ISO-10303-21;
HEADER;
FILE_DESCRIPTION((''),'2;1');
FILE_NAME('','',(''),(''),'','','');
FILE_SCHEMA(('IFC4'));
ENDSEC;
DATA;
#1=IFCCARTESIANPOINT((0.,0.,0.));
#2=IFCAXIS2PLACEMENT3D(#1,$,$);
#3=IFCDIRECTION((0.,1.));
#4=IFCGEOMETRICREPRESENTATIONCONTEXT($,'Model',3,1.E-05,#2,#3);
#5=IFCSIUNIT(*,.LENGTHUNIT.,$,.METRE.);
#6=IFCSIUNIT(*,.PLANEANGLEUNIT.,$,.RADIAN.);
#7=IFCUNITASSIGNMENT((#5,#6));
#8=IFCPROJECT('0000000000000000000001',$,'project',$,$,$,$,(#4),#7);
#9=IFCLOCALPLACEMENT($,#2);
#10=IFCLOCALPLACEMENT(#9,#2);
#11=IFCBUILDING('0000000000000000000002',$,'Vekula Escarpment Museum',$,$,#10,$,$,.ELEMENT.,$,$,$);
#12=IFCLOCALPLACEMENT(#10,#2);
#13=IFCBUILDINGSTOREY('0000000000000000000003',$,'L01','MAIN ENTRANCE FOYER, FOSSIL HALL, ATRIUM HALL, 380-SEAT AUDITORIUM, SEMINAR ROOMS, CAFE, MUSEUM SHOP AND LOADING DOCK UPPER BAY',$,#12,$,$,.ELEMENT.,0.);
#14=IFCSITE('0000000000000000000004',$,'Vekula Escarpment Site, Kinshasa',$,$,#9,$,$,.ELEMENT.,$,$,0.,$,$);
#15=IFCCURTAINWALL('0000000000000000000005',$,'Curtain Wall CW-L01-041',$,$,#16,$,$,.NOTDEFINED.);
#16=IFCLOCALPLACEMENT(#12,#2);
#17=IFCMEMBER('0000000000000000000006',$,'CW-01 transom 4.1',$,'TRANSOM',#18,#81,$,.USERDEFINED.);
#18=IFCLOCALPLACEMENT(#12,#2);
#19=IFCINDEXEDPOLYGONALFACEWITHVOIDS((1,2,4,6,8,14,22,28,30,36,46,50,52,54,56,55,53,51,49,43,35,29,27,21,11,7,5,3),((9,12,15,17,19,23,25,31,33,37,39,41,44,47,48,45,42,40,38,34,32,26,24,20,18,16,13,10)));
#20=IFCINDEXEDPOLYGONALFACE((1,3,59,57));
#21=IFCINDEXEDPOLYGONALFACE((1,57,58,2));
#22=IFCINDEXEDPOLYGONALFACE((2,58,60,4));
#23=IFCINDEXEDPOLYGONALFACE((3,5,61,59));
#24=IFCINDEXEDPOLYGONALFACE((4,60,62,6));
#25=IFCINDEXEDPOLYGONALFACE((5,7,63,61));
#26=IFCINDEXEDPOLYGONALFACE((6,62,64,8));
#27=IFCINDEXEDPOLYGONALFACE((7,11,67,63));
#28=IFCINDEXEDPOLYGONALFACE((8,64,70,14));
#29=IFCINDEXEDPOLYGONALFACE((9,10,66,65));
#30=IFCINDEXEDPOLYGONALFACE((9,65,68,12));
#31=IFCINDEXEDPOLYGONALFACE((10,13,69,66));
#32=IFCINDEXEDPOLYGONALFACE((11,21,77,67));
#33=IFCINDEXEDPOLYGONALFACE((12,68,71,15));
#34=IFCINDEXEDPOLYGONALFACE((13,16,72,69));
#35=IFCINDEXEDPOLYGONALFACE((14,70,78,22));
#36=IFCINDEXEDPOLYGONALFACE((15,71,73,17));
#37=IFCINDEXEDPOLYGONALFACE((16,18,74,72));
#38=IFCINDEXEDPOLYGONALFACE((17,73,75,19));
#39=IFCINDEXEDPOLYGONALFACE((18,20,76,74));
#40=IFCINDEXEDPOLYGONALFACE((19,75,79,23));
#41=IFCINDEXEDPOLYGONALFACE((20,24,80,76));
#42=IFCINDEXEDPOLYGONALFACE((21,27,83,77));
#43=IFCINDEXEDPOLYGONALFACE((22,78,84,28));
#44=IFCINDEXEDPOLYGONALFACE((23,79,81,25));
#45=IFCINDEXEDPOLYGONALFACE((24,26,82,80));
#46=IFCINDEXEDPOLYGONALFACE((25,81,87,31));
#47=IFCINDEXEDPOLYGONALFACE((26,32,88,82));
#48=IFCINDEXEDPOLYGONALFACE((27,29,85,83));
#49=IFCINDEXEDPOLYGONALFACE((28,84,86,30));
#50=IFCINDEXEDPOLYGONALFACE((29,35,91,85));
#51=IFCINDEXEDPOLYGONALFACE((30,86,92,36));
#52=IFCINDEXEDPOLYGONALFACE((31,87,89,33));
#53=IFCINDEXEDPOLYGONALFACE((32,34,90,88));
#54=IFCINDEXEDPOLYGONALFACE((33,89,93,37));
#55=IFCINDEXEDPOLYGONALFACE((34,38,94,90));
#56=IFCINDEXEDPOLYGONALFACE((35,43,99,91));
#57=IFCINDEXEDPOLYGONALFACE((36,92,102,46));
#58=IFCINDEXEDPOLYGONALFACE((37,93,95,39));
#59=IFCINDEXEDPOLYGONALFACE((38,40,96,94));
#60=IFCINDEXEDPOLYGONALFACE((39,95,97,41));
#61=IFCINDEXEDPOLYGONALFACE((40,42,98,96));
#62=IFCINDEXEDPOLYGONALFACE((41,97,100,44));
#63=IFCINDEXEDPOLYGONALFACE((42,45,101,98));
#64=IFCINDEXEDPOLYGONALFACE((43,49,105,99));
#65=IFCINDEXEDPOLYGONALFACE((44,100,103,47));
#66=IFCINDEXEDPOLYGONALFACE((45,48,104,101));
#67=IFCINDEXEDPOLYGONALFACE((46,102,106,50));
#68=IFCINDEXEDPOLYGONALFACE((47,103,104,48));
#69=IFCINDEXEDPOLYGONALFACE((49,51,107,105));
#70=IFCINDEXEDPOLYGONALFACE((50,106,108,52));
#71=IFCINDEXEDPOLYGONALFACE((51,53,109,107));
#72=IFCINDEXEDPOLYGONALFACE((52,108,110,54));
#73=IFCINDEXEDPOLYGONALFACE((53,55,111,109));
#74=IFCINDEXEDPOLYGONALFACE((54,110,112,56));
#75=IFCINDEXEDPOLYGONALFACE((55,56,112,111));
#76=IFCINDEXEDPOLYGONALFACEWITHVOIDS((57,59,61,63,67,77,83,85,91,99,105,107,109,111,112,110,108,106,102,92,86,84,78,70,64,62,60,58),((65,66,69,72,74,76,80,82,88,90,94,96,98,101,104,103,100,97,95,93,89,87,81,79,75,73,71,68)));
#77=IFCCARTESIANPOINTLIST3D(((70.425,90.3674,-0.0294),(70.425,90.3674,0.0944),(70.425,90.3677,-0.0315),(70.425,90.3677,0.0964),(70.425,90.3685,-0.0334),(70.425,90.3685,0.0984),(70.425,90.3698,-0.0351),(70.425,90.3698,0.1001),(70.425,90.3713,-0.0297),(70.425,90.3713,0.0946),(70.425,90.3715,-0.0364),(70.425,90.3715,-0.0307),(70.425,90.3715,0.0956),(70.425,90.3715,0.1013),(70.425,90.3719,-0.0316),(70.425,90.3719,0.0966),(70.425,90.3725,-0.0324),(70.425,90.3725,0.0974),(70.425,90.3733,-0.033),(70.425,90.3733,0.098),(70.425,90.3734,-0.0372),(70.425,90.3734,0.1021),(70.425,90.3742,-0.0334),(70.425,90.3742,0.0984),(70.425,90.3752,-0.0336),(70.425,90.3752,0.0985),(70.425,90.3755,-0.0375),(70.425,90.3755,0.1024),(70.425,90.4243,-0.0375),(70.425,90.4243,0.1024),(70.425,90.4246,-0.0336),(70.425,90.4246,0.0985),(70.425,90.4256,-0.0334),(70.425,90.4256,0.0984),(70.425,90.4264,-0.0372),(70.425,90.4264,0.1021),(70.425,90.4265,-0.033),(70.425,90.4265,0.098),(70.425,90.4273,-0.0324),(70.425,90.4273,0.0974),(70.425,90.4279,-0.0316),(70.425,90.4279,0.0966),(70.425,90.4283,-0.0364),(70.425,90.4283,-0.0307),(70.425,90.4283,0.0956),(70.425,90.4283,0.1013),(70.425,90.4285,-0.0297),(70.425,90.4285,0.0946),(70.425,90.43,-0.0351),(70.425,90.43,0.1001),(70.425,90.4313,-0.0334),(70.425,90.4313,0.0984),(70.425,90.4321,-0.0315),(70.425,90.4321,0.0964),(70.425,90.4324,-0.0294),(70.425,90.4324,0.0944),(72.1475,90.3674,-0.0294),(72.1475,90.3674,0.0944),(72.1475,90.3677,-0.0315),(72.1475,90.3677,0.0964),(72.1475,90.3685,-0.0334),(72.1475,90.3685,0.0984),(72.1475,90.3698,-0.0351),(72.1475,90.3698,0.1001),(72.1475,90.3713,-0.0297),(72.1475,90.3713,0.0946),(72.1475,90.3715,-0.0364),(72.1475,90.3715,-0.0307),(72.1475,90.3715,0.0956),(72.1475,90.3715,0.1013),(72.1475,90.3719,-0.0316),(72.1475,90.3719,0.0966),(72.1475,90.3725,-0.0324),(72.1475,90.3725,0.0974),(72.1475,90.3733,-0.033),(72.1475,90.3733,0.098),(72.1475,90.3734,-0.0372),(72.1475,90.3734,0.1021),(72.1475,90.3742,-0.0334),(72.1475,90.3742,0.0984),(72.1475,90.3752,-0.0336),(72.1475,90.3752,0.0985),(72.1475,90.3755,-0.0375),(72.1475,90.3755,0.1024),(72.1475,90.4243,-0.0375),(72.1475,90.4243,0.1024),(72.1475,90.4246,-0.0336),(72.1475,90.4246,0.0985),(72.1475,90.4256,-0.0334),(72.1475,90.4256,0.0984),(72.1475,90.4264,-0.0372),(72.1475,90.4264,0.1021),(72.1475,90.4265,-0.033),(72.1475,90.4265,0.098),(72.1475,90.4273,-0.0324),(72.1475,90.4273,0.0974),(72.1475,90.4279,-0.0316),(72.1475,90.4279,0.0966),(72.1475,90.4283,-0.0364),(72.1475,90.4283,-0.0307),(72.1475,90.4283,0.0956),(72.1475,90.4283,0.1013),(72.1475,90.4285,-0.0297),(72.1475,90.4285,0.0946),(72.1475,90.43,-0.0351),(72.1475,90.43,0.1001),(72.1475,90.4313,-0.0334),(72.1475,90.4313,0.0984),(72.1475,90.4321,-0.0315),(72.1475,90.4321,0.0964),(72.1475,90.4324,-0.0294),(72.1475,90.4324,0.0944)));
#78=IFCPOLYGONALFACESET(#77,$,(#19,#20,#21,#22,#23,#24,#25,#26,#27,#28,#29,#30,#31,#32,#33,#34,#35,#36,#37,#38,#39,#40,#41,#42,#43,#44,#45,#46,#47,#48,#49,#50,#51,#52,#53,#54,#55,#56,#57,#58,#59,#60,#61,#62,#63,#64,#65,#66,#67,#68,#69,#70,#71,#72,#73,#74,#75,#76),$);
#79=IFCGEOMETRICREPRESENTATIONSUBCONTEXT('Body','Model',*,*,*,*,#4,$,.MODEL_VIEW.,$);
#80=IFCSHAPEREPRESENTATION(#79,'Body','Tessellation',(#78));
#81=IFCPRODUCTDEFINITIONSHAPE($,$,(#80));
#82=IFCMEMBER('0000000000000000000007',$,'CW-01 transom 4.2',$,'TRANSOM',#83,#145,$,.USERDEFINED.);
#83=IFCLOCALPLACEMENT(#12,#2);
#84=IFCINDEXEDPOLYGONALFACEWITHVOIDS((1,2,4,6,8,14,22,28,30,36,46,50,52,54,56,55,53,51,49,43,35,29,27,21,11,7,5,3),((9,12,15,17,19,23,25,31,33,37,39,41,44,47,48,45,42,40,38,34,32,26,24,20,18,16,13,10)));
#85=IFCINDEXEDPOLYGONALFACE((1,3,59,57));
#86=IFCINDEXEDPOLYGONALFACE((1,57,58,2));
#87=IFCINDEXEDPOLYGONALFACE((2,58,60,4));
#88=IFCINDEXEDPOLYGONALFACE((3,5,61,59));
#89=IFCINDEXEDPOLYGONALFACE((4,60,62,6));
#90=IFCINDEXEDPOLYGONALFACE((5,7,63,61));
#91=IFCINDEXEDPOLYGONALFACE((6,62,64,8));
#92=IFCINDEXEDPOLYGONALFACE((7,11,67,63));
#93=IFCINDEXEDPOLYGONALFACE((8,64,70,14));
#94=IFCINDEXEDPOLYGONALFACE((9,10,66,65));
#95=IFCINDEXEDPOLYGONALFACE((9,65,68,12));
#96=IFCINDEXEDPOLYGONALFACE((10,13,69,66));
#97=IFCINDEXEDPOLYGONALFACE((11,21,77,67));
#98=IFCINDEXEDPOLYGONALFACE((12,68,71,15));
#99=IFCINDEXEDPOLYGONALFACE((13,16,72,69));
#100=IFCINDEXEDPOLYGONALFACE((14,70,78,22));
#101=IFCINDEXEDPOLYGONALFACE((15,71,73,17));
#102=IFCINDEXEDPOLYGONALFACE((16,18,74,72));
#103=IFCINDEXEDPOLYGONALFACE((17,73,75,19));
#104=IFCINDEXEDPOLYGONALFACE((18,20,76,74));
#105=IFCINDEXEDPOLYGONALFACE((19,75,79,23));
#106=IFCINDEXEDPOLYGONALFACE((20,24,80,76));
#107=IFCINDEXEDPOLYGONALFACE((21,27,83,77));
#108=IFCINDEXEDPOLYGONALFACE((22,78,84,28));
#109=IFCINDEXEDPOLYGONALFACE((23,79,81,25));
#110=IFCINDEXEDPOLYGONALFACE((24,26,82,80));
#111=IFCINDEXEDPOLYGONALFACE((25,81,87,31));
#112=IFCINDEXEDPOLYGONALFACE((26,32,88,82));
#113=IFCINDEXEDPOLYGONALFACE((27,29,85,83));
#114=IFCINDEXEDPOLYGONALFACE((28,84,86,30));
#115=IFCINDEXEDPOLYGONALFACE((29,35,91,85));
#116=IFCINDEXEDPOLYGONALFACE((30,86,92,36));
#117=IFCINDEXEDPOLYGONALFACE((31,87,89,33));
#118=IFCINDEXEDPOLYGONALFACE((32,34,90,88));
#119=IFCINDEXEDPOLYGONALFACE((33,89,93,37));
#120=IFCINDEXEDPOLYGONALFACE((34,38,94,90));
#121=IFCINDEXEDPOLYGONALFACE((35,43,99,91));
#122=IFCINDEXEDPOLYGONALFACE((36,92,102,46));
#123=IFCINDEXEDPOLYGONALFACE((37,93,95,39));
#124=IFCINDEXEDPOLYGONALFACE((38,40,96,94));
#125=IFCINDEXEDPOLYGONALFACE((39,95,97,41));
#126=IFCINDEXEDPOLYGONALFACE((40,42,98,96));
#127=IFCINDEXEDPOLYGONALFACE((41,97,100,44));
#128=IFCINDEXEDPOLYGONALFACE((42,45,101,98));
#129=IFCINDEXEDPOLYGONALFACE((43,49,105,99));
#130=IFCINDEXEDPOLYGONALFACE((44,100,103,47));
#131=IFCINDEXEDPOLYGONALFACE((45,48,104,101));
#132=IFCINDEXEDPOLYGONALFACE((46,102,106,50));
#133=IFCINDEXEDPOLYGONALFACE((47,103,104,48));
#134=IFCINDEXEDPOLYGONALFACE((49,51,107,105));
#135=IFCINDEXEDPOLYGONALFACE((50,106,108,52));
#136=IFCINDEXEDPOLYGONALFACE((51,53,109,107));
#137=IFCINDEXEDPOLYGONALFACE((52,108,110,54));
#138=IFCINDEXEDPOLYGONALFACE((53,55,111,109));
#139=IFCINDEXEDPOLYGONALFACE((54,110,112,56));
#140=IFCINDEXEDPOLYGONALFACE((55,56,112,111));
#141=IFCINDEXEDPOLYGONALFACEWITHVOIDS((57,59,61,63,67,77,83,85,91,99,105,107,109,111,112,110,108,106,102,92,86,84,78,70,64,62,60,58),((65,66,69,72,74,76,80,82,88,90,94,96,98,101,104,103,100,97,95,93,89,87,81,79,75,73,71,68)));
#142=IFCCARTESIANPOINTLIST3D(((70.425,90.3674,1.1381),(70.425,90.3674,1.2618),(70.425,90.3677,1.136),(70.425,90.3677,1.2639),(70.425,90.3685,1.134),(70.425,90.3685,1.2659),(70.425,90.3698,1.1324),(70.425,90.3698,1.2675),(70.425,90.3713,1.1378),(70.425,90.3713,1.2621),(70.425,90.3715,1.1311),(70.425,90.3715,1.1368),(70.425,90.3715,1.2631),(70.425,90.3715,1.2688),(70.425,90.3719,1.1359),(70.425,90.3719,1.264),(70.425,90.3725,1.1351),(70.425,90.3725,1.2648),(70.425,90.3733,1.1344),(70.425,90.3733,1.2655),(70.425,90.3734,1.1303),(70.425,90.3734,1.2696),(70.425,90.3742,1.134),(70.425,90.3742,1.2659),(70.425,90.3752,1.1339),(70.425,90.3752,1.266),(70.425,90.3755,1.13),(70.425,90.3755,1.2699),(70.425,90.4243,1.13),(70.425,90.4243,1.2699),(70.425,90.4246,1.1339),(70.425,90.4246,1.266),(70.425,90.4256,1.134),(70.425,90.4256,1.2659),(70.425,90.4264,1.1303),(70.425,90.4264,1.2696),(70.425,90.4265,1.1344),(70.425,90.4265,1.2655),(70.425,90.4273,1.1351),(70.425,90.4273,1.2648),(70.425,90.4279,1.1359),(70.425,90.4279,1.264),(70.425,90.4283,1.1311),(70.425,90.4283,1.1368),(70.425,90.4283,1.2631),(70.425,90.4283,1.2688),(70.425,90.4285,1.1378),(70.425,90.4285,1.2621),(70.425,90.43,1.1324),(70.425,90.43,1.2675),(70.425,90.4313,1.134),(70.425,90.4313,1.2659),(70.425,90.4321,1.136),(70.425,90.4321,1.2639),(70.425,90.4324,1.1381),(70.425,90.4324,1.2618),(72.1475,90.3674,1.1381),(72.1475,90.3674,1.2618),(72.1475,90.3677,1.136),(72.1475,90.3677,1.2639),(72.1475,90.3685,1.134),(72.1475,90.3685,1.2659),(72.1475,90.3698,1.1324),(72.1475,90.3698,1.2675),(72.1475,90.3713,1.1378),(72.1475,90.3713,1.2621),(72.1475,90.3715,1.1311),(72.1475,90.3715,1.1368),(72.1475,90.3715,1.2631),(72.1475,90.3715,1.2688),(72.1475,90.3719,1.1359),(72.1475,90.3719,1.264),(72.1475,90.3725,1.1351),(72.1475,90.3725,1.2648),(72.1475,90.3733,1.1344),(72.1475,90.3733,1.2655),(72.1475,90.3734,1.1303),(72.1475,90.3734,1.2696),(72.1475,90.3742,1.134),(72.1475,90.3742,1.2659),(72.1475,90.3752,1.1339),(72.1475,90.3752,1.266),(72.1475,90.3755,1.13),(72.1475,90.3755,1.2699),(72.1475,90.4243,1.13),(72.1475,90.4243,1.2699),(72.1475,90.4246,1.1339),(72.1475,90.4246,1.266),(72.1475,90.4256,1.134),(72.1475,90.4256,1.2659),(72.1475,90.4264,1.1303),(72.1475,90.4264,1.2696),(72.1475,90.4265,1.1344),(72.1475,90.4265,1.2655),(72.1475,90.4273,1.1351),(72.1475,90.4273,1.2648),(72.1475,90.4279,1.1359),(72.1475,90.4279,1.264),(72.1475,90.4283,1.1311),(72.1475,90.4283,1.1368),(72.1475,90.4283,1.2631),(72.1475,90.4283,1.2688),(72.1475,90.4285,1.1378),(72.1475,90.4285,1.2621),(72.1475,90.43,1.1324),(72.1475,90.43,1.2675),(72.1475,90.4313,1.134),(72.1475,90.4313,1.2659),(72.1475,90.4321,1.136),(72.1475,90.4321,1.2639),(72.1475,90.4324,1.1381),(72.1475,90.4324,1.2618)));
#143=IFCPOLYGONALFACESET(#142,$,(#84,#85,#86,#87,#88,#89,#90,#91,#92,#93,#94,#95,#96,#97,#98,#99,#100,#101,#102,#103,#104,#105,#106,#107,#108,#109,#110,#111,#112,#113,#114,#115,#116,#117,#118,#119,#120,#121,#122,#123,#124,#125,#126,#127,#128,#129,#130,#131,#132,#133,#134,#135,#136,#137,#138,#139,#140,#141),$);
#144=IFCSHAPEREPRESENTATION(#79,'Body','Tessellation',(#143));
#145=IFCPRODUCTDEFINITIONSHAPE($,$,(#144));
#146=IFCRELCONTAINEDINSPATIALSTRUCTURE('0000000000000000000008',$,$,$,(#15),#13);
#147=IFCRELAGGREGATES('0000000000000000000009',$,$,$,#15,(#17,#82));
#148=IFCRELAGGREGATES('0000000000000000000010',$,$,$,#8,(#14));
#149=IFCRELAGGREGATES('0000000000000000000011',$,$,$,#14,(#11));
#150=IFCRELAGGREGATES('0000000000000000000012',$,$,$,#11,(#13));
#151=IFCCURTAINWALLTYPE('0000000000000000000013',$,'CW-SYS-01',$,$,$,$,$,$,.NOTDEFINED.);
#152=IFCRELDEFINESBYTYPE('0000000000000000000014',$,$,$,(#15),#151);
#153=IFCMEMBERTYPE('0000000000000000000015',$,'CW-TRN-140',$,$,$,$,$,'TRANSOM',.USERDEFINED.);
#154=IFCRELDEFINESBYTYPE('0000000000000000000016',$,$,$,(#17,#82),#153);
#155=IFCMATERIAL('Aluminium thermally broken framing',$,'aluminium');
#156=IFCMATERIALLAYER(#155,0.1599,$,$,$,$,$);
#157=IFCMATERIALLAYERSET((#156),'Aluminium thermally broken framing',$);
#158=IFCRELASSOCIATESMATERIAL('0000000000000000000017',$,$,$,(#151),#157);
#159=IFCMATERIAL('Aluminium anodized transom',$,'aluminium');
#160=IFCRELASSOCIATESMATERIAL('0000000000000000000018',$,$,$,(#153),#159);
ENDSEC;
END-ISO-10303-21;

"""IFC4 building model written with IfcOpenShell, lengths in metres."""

from ifc_helpers import new_model, si_unit, direction, frame, origin, origin_2d, place, context, subcontext, project, spatial, hollow_rectangle, extrude, material, layer, layer_set, material_profile, profile_set, type_object, element, aggregate, save


model = new_model("IFC4")

# Units and contexts
model_context = context("Model", 3, precision=1e-05, world=origin(), true_north=direction((0.0, 1.0)))
body_context = subcontext(model_context, "Body", "Model", "MODEL_VIEW")
ifc_project = project(units=[si_unit("LENGTHUNIT", "METRE"), si_unit("PLANEANGLEUNIT", "RADIAN")], contexts=[model_context])

# Site, building, storey
site_placement = place(None, origin())
site = spatial("IfcSite", under=ifc_project, at=site_placement, Name="Vekula Escarpment Site, Kinshasa", CompositionType="ELEMENT", RefElevation=0.0)
building_placement = place(site_placement, origin())
building = spatial("IfcBuilding", under=site, at=building_placement, Name="Vekula Escarpment Museum", CompositionType="ELEMENT")
storey_placement = place(building_placement, origin())
storey = spatial("IfcBuildingStorey", under=building, at=storey_placement, Name="L01", Description="MAIN ENTRANCE FOYER, FOSSIL HALL, ATRIUM HALL, 380-SEAT AUDITORIUM, SEMINAR ROOMS, CAFE, MUSEUM SHOP AND LOADING DOCK UPPER BAY", CompositionType="ELEMENT", Elevation=0.0)

# Curtain wall, members
ifc_material_1 = material(Name="Aluminium thermally broken framing", Category="aluminium")
ifc_layer_1 = layer(ifc_material_1, 0.1599)
ifc_layer_set_1 = layer_set([ifc_layer_1], Name="Aluminium thermally broken framing")
curtain_wall_type = type_object("IfcCurtainWallType", Name="CW-SYS-01", PredefinedType="NOTDEFINED", material=ifc_layer_set_1)
curtain_wall_placement = place(storey_placement, origin())
curtain_wall = element("IfcCurtainWall", 1, at=curtain_wall_placement, inside=storey, type_object=curtain_wall_type, Name="Curtain Wall CW-L01-041", PredefinedType="NOTDEFINED")
ifc_material_2 = material(Name="Aluminium anodized transom", Category="aluminium")
ifc_material_profile_1 = material_profile(ifc_material_2, hollow_rectangle(XDim=0.0649, YDim=0.1399, WallThickness=0.0039, InnerFilletRadius=0.0039, OuterFilletRadius=0.0081, at=origin_2d()), Name="ALU 140x65x4")
ifc_profile_set_1 = profile_set([ifc_material_profile_1], Name="Aluminium anodized transom")
member_type_1 = type_object("IfcMemberType", Name="CW-TRN-140", ElementType="TRANSOM", PredefinedType="USERDEFINED", material=ifc_profile_set_1)
member_1_placement = place(storey_placement, frame((72.1475, 90.3999, 0.0325), z_axis=(-1.0, 0.0, 0.0), x_axis=(0.0, -1.0, 0.0)))
member_1 = element("IfcMember", 2, at=member_1_placement, type_object=member_type_1, Name="CW-01 transom 4.1", ObjectType="TRANSOM", PredefinedType="USERDEFINED", context=body_context, shape_type="SweptSolid", body=[
    extrude(hollow_rectangle(XDim=0.0649, YDim=0.1399, WallThickness=0.0039, InnerFilletRadius=0.0039, OuterFilletRadius=0.0081, at=origin_2d()), origin(), (0.0, 0.0, 1.0), 1.7224),
])
member_2_placement = place(storey_placement, frame((72.1475, 90.3999, 1.2), z_axis=(-1.0, 0.0, 0.0), x_axis=(0.0, -1.0, 0.0)))
member_2 = element("IfcMember", 3, at=member_2_placement, type_object=member_type_1, Name="CW-01 transom 4.2", ObjectType="TRANSOM", PredefinedType="USERDEFINED", context=body_context, shape_type="SweptSolid", body=[
    extrude(hollow_rectangle(XDim=0.0649, YDim=0.1399, WallThickness=0.0039, InnerFilletRadius=0.0039, OuterFilletRadius=0.0081, at=origin_2d()), origin(), (0.0, 0.0, 1.0), 1.7224),
])
aggregate(curtain_wall, [member_1, member_2])

save(model, "model.ifc")
